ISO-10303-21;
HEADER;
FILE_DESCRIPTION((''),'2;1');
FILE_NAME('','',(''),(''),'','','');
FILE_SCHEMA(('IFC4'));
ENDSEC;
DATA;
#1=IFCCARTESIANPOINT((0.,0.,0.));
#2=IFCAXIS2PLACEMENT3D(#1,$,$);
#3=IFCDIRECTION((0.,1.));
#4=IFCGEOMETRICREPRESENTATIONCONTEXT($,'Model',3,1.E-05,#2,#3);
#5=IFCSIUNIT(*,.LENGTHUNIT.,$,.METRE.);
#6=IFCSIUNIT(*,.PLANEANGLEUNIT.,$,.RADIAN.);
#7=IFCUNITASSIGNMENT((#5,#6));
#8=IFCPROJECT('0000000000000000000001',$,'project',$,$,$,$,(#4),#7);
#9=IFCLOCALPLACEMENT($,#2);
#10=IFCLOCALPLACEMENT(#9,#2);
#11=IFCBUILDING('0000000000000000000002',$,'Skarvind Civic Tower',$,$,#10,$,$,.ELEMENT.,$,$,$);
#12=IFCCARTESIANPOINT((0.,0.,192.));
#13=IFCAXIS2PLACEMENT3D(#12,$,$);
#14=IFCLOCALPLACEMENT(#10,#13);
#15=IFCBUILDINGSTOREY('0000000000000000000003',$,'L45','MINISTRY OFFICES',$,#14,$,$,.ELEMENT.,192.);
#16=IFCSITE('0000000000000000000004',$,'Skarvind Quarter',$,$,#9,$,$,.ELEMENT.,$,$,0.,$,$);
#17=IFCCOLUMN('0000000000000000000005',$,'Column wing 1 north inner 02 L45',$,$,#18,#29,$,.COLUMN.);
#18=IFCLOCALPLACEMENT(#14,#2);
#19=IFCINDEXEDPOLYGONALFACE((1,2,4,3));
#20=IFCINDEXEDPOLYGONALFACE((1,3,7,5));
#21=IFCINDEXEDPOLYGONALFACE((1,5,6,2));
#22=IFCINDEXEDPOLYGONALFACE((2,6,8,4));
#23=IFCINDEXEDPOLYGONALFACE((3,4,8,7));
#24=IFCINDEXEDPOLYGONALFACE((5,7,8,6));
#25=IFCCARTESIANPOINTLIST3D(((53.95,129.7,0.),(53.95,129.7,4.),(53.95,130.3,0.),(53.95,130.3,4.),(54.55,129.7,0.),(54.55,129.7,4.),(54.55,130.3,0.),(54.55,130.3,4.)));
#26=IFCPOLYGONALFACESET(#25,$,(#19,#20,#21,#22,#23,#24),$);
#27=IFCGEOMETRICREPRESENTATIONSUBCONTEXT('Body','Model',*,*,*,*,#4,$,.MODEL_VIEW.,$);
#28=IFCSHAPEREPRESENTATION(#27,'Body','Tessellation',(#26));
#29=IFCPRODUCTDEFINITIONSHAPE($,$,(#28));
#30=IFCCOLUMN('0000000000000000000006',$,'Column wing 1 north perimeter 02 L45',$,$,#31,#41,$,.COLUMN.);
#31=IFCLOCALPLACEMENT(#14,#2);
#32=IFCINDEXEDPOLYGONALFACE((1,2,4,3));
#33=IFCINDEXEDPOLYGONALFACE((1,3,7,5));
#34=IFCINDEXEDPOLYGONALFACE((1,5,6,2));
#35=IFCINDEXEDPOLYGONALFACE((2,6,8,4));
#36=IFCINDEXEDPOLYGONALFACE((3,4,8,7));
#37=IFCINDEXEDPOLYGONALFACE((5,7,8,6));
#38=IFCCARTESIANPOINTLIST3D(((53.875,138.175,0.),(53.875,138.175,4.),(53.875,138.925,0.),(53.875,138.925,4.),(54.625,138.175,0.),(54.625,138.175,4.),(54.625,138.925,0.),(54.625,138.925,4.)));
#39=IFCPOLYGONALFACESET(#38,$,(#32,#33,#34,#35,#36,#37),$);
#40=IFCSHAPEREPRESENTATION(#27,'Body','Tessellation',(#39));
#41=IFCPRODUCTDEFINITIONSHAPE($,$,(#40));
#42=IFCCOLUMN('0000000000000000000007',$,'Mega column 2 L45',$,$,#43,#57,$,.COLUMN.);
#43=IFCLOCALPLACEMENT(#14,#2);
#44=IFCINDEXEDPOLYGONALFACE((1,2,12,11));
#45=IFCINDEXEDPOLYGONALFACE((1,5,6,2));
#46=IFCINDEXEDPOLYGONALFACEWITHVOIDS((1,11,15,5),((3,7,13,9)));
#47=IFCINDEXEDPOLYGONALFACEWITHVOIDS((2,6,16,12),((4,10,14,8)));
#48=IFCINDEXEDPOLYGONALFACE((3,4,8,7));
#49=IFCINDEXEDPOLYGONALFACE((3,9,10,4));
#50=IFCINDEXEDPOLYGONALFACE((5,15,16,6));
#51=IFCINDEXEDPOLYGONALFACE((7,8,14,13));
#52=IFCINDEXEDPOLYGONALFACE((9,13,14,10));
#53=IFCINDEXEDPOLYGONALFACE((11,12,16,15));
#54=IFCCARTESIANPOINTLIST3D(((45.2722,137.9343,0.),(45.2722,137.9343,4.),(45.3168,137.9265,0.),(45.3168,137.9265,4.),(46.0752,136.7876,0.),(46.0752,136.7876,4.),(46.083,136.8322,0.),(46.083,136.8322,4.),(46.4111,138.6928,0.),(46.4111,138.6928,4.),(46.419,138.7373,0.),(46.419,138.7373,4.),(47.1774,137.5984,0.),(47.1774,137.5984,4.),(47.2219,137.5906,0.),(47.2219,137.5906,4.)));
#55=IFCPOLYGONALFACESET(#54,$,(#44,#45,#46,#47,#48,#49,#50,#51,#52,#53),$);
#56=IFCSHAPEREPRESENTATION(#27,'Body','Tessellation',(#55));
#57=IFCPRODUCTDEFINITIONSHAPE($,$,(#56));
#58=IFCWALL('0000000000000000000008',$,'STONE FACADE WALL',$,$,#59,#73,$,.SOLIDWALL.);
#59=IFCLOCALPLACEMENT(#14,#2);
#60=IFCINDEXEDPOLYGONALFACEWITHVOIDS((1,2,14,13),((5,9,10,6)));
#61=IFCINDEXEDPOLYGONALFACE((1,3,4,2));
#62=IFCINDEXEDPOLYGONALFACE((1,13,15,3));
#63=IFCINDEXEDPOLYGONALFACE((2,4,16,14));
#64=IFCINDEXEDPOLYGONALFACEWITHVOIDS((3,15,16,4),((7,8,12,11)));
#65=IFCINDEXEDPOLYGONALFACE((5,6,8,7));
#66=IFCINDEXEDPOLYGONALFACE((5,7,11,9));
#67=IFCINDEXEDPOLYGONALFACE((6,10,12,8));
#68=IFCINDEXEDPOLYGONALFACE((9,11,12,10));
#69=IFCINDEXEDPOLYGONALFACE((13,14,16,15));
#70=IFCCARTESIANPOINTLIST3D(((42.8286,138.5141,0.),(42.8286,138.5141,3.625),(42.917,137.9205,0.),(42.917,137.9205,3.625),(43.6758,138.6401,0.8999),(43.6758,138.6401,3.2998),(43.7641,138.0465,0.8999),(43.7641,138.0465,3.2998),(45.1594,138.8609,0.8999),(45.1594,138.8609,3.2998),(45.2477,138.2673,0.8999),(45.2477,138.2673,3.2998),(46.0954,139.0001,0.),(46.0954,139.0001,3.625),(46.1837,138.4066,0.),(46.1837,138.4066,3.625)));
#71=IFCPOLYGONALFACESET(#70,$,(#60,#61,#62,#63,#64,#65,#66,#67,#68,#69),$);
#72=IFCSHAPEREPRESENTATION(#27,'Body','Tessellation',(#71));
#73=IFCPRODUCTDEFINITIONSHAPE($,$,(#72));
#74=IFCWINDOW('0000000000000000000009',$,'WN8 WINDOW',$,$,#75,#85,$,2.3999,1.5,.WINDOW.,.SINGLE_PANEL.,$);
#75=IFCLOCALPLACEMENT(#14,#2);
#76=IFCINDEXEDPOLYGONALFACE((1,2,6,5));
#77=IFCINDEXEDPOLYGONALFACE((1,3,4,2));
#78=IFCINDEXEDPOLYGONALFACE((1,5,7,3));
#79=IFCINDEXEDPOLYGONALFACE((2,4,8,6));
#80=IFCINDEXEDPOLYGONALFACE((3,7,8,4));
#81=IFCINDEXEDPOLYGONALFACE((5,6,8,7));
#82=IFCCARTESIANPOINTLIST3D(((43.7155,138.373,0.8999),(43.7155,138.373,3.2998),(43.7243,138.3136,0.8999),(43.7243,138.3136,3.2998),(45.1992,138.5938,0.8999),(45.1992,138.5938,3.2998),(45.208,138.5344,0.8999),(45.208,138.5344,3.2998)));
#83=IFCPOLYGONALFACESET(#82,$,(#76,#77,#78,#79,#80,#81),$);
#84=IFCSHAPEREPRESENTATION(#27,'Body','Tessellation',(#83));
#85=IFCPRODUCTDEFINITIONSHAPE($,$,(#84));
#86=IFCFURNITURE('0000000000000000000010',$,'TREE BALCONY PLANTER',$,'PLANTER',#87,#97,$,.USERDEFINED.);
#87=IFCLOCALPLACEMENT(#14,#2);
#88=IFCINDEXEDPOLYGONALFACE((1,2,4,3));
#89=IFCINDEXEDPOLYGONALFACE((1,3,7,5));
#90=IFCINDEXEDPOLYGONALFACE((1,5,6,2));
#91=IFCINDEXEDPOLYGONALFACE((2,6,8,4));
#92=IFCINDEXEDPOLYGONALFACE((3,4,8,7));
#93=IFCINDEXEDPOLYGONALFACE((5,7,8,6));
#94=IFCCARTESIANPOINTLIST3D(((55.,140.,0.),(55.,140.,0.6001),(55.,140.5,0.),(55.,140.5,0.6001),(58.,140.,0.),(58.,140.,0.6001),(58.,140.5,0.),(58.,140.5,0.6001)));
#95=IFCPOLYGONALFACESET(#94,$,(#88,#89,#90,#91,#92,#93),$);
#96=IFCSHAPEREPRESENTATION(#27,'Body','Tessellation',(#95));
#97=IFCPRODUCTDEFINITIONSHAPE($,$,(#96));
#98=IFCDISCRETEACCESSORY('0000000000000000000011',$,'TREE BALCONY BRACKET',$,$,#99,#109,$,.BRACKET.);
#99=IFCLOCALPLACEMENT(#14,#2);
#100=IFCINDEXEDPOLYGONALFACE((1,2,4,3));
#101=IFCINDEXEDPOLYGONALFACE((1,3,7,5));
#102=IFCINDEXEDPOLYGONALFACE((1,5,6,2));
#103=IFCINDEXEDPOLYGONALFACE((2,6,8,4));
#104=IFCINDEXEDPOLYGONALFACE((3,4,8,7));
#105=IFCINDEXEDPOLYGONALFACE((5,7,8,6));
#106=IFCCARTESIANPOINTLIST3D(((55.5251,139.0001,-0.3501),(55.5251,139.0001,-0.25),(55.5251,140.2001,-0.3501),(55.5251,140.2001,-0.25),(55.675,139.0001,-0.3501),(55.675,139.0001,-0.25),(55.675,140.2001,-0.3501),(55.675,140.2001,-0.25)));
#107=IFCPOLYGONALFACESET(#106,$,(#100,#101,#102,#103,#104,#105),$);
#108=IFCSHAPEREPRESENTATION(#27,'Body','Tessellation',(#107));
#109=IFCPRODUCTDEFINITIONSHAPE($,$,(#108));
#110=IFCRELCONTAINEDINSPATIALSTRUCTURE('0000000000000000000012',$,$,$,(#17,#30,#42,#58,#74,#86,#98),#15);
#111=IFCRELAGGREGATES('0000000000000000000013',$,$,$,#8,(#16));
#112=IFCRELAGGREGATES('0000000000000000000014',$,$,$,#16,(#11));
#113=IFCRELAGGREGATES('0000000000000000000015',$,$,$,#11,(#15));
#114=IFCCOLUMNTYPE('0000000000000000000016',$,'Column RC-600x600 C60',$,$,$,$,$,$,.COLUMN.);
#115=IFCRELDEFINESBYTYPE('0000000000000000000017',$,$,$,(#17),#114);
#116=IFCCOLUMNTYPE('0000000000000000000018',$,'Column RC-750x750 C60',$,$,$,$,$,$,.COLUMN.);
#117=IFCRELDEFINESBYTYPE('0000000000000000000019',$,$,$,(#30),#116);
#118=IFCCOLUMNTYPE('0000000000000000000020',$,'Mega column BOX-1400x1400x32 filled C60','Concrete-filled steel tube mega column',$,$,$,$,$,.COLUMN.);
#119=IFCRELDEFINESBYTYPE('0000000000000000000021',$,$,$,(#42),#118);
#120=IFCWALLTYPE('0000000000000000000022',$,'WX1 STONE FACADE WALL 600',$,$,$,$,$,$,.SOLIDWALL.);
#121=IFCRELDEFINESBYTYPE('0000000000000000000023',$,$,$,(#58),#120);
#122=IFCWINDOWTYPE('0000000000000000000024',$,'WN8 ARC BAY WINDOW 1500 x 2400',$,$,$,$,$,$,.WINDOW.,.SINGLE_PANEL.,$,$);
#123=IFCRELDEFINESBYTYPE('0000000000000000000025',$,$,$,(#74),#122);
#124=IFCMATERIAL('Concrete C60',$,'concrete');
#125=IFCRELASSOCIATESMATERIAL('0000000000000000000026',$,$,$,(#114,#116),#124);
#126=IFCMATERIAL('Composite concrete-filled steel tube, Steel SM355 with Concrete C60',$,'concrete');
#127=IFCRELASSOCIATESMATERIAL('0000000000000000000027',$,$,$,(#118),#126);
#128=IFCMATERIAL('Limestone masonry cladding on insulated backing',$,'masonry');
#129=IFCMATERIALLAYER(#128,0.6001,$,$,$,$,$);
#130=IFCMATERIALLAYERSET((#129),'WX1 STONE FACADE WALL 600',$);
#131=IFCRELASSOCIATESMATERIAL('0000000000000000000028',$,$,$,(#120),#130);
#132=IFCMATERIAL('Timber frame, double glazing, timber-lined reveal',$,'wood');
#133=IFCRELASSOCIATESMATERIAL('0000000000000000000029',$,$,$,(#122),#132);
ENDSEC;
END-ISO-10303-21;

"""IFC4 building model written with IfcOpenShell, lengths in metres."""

from ifc_helpers import new_model, si_unit, direction, frame, frame_2d, origin, origin_2d, place, context, subcontext, project, spatial, rectangle, hollow_rectangle, extrude, material, layer, layer_set, material_profile, profile_set, type_object, element, fill, save


model = new_model("IFC4")

# Units and contexts
model_context = context("Model", 3, precision=1e-05, world=origin(), true_north=direction((0.0, 1.0)))
body_context = subcontext(model_context, "Body", "Model", "MODEL_VIEW")
ifc_project = project(units=[si_unit("LENGTHUNIT", "METRE"), si_unit("PLANEANGLEUNIT", "RADIAN")], contexts=[model_context])

# Site, building, storey
site_placement = place(None, origin())
site = spatial("IfcSite", under=ifc_project, at=site_placement, Name="Skarvind Quarter", CompositionType="ELEMENT", RefElevation=0.0)
building_placement = place(site_placement, origin())
building = spatial("IfcBuilding", under=site, at=building_placement, Name="Skarvind Civic Tower", CompositionType="ELEMENT")
storey_placement = place(building_placement, frame((0.0, 0.0, 192.0)))
storey = spatial("IfcBuildingStorey", under=building, at=storey_placement, Name="L45", Description="MINISTRY OFFICES", CompositionType="ELEMENT", Elevation=192.0)

# Columns
ifc_material_1 = material(Name="Concrete C60", Category="concrete")
ifc_material_profile_1 = material_profile(ifc_material_1, rectangle(XDim=0.6001, YDim=0.6001, at=origin_2d()), Name="RC-600x600")
ifc_profile_set_1 = profile_set([ifc_material_profile_1], Name="Concrete C60")
column_type_1 = type_object("IfcColumnType", Name="Column RC-600x600 C60", PredefinedType="COLUMN", material=ifc_profile_set_1)
column_1_placement = place(storey_placement, frame((54.25, 130.0, 0.0), z_axis=(0.0, 0.0, 1.0), x_axis=(1.0, 0.0, 0.0)))
element("IfcColumn", 1, at=column_1_placement, inside=storey, type_object=column_type_1, Name="Column wing 1 north inner 02 L45", PredefinedType="COLUMN", context=body_context, shape_type="SweptSolid", body=[
    extrude(rectangle(XDim=0.6001, YDim=0.6001, at=origin_2d()), origin(), (0.0, 0.0, 1.0), 4.0),
])
ifc_material_profile_2 = material_profile(ifc_material_1, rectangle(XDim=0.75, YDim=0.75, at=origin_2d()), Name="RC-750x750")
ifc_profile_set_2 = profile_set([ifc_material_profile_2], Name="Concrete C60")
column_type_2 = type_object("IfcColumnType", Name="Column RC-750x750 C60", PredefinedType="COLUMN", material=ifc_profile_set_2)
column_2_placement = place(storey_placement, frame((54.25, 138.55, 0.0), z_axis=(0.0, 0.0, 1.0), x_axis=(1.0, 0.0, 0.0)))
element("IfcColumn", 2, at=column_2_placement, inside=storey, type_object=column_type_2, Name="Column wing 1 north perimeter 02 L45", PredefinedType="COLUMN", context=body_context, shape_type="SweptSolid", body=[
    extrude(rectangle(XDim=0.75, YDim=0.75, at=origin_2d()), origin(), (0.0, 0.0, 1.0), 4.0),
])
ifc_material_2 = material(Name="Composite concrete-filled steel tube, Steel SM355 with Concrete C60", Category="concrete")
ifc_material_profile_3 = material_profile(ifc_material_2, hollow_rectangle(XDim=1.3999, YDim=1.3999, WallThickness=0.032, at=origin_2d()), Name="BOX-1400x1400x32")
ifc_profile_set_3 = profile_set([ifc_material_profile_3], Name="Composite concrete-filled steel tube, Steel SM355 with Concrete C60")
column_type_3 = type_object("IfcColumnType", Name="Mega column BOX-1400x1400x32 filled C60", Description="Concrete-filled steel tube mega column", PredefinedType="COLUMN", material=ifc_profile_set_3)
column_3_placement = place(storey_placement, frame((46.2471, 137.7625, 0.0), z_axis=(0.0, 0.0, 1.0), x_axis=(0.573576, -0.819152, 0.0)))
element("IfcColumn", 3, at=column_3_placement, inside=storey, type_object=column_type_3, Name="Mega column 2 L45", PredefinedType="COLUMN", context=body_context, shape_type="SweptSolid", body=[
    extrude(hollow_rectangle(XDim=1.3999, YDim=1.3999, WallThickness=0.032, at=origin_2d()), origin(), (0.0, 0.0, 1.0), 4.0),
])

# Shared definitions
ifc_material_3 = material(Name="Limestone masonry cladding on insulated backing", Category="masonry")
ifc_layer = layer(ifc_material_3, 0.6001)
ifc_layer_set = layer_set([ifc_layer], Name="WX1 STONE FACADE WALL 600")
wall_type = type_object("IfcWallType", Name="WX1 STONE FACADE WALL 600", PredefinedType="SOLIDWALL", material=ifc_layer_set)
ifc_material_4 = material(Name="Timber frame, double glazing, timber-lined reveal", Category="wood")

# Wall, opening, window
wall_1_placement = place(storey_placement, frame((42.8728, 138.2173, 0.0), z_axis=(0.0, 0.0, 1.0), x_axis=(0.989111, 0.147173, 0.0)))
wall_1 = element("IfcWall", 4, at=wall_1_placement, inside=storey, type_object=wall_type, Name="STONE FACADE WALL", PredefinedType="SOLIDWALL", context=body_context, shape_type="SweptSolid", body=[
    extrude(rectangle(XDim=3.3027, YDim=0.6001, at=frame_2d((1.6514, 0.0))), origin(), (0.0, 0.0, 1.0), 3.625),
])
opening_1_placement = place(wall_1_placement, frame((0.8564, 0.0, 0.8999)))
opening_1 = element("IfcOpeningElement", 5, at=opening_1_placement, cuts=wall_1, PredefinedType="OPENING", context=body_context, shape_type="SweptSolid", body=[
    extrude(rectangle(XDim=1.5, YDim=2.3999, at=frame_2d((0.75, 1.2))), frame((0.0, 0.3101, 0.0), z_axis=(0.0, -1.0, 0.0), x_axis=(1.0, 0.0, 0.0)), (0.0, 0.0, 1.0), 0.6201),
])
window_type_1 = type_object("IfcWindowType", Name="WN8 ARC BAY WINDOW 1500 x 2400", PartitioningType="SINGLE_PANEL", PredefinedType="WINDOW", material=ifc_material_4)
window_1_placement = place(opening_1_placement, origin())
window_1 = element("IfcWindow", 6, at=window_1_placement, inside=storey, type_object=window_type_1, Name="WN8 WINDOW", OverallHeight=2.3999, OverallWidth=1.5, PartitioningType="SINGLE_PANEL", PredefinedType="WINDOW", context=body_context, shape_type="SweptSolid", body=[
    extrude(rectangle(XDim=1.5, YDim=2.3999, at=frame_2d((0.75, 1.2))), frame((0.0, 0.03, 0.0), z_axis=(0.0, -1.0, 0.0), x_axis=(1.0, 0.0, 0.0)), (0.0, 0.0, 1.0), 0.0601),
])
fill(opening_1, window_1)

# Furniture
furniture_placement = place(storey_placement, frame((56.5, 140.25, 0.0), z_axis=(0.0, 0.0, 1.0), x_axis=(1.0, 0.0, 0.0)))
element("IfcFurniture", 7, at=furniture_placement, inside=storey, Name="TREE BALCONY PLANTER", ObjectType="PLANTER", PredefinedType="USERDEFINED", context=body_context, shape_type="SweptSolid", body=[
    extrude(rectangle(XDim=3.0, YDim=0.5, at=origin_2d()), origin(), (0.0, 0.0, 1.0), 0.6001),
])

# Discrete accessory
discrete_accessory_placement = place(storey_placement, frame((55.6001, 139.6001, -0.3501), z_axis=(0.0, 0.0, 1.0), x_axis=(1.0, 0.0, 0.0)))
element("IfcDiscreteAccessory", 8, at=discrete_accessory_placement, inside=storey, Name="TREE BALCONY BRACKET", PredefinedType="BRACKET", context=body_context, shape_type="SweptSolid", body=[
    extrude(rectangle(XDim=0.1499, YDim=1.2, at=origin_2d()), origin(), (0.0, 0.0, 1.0), 0.1001),
])

save(model, "model.ifc")
